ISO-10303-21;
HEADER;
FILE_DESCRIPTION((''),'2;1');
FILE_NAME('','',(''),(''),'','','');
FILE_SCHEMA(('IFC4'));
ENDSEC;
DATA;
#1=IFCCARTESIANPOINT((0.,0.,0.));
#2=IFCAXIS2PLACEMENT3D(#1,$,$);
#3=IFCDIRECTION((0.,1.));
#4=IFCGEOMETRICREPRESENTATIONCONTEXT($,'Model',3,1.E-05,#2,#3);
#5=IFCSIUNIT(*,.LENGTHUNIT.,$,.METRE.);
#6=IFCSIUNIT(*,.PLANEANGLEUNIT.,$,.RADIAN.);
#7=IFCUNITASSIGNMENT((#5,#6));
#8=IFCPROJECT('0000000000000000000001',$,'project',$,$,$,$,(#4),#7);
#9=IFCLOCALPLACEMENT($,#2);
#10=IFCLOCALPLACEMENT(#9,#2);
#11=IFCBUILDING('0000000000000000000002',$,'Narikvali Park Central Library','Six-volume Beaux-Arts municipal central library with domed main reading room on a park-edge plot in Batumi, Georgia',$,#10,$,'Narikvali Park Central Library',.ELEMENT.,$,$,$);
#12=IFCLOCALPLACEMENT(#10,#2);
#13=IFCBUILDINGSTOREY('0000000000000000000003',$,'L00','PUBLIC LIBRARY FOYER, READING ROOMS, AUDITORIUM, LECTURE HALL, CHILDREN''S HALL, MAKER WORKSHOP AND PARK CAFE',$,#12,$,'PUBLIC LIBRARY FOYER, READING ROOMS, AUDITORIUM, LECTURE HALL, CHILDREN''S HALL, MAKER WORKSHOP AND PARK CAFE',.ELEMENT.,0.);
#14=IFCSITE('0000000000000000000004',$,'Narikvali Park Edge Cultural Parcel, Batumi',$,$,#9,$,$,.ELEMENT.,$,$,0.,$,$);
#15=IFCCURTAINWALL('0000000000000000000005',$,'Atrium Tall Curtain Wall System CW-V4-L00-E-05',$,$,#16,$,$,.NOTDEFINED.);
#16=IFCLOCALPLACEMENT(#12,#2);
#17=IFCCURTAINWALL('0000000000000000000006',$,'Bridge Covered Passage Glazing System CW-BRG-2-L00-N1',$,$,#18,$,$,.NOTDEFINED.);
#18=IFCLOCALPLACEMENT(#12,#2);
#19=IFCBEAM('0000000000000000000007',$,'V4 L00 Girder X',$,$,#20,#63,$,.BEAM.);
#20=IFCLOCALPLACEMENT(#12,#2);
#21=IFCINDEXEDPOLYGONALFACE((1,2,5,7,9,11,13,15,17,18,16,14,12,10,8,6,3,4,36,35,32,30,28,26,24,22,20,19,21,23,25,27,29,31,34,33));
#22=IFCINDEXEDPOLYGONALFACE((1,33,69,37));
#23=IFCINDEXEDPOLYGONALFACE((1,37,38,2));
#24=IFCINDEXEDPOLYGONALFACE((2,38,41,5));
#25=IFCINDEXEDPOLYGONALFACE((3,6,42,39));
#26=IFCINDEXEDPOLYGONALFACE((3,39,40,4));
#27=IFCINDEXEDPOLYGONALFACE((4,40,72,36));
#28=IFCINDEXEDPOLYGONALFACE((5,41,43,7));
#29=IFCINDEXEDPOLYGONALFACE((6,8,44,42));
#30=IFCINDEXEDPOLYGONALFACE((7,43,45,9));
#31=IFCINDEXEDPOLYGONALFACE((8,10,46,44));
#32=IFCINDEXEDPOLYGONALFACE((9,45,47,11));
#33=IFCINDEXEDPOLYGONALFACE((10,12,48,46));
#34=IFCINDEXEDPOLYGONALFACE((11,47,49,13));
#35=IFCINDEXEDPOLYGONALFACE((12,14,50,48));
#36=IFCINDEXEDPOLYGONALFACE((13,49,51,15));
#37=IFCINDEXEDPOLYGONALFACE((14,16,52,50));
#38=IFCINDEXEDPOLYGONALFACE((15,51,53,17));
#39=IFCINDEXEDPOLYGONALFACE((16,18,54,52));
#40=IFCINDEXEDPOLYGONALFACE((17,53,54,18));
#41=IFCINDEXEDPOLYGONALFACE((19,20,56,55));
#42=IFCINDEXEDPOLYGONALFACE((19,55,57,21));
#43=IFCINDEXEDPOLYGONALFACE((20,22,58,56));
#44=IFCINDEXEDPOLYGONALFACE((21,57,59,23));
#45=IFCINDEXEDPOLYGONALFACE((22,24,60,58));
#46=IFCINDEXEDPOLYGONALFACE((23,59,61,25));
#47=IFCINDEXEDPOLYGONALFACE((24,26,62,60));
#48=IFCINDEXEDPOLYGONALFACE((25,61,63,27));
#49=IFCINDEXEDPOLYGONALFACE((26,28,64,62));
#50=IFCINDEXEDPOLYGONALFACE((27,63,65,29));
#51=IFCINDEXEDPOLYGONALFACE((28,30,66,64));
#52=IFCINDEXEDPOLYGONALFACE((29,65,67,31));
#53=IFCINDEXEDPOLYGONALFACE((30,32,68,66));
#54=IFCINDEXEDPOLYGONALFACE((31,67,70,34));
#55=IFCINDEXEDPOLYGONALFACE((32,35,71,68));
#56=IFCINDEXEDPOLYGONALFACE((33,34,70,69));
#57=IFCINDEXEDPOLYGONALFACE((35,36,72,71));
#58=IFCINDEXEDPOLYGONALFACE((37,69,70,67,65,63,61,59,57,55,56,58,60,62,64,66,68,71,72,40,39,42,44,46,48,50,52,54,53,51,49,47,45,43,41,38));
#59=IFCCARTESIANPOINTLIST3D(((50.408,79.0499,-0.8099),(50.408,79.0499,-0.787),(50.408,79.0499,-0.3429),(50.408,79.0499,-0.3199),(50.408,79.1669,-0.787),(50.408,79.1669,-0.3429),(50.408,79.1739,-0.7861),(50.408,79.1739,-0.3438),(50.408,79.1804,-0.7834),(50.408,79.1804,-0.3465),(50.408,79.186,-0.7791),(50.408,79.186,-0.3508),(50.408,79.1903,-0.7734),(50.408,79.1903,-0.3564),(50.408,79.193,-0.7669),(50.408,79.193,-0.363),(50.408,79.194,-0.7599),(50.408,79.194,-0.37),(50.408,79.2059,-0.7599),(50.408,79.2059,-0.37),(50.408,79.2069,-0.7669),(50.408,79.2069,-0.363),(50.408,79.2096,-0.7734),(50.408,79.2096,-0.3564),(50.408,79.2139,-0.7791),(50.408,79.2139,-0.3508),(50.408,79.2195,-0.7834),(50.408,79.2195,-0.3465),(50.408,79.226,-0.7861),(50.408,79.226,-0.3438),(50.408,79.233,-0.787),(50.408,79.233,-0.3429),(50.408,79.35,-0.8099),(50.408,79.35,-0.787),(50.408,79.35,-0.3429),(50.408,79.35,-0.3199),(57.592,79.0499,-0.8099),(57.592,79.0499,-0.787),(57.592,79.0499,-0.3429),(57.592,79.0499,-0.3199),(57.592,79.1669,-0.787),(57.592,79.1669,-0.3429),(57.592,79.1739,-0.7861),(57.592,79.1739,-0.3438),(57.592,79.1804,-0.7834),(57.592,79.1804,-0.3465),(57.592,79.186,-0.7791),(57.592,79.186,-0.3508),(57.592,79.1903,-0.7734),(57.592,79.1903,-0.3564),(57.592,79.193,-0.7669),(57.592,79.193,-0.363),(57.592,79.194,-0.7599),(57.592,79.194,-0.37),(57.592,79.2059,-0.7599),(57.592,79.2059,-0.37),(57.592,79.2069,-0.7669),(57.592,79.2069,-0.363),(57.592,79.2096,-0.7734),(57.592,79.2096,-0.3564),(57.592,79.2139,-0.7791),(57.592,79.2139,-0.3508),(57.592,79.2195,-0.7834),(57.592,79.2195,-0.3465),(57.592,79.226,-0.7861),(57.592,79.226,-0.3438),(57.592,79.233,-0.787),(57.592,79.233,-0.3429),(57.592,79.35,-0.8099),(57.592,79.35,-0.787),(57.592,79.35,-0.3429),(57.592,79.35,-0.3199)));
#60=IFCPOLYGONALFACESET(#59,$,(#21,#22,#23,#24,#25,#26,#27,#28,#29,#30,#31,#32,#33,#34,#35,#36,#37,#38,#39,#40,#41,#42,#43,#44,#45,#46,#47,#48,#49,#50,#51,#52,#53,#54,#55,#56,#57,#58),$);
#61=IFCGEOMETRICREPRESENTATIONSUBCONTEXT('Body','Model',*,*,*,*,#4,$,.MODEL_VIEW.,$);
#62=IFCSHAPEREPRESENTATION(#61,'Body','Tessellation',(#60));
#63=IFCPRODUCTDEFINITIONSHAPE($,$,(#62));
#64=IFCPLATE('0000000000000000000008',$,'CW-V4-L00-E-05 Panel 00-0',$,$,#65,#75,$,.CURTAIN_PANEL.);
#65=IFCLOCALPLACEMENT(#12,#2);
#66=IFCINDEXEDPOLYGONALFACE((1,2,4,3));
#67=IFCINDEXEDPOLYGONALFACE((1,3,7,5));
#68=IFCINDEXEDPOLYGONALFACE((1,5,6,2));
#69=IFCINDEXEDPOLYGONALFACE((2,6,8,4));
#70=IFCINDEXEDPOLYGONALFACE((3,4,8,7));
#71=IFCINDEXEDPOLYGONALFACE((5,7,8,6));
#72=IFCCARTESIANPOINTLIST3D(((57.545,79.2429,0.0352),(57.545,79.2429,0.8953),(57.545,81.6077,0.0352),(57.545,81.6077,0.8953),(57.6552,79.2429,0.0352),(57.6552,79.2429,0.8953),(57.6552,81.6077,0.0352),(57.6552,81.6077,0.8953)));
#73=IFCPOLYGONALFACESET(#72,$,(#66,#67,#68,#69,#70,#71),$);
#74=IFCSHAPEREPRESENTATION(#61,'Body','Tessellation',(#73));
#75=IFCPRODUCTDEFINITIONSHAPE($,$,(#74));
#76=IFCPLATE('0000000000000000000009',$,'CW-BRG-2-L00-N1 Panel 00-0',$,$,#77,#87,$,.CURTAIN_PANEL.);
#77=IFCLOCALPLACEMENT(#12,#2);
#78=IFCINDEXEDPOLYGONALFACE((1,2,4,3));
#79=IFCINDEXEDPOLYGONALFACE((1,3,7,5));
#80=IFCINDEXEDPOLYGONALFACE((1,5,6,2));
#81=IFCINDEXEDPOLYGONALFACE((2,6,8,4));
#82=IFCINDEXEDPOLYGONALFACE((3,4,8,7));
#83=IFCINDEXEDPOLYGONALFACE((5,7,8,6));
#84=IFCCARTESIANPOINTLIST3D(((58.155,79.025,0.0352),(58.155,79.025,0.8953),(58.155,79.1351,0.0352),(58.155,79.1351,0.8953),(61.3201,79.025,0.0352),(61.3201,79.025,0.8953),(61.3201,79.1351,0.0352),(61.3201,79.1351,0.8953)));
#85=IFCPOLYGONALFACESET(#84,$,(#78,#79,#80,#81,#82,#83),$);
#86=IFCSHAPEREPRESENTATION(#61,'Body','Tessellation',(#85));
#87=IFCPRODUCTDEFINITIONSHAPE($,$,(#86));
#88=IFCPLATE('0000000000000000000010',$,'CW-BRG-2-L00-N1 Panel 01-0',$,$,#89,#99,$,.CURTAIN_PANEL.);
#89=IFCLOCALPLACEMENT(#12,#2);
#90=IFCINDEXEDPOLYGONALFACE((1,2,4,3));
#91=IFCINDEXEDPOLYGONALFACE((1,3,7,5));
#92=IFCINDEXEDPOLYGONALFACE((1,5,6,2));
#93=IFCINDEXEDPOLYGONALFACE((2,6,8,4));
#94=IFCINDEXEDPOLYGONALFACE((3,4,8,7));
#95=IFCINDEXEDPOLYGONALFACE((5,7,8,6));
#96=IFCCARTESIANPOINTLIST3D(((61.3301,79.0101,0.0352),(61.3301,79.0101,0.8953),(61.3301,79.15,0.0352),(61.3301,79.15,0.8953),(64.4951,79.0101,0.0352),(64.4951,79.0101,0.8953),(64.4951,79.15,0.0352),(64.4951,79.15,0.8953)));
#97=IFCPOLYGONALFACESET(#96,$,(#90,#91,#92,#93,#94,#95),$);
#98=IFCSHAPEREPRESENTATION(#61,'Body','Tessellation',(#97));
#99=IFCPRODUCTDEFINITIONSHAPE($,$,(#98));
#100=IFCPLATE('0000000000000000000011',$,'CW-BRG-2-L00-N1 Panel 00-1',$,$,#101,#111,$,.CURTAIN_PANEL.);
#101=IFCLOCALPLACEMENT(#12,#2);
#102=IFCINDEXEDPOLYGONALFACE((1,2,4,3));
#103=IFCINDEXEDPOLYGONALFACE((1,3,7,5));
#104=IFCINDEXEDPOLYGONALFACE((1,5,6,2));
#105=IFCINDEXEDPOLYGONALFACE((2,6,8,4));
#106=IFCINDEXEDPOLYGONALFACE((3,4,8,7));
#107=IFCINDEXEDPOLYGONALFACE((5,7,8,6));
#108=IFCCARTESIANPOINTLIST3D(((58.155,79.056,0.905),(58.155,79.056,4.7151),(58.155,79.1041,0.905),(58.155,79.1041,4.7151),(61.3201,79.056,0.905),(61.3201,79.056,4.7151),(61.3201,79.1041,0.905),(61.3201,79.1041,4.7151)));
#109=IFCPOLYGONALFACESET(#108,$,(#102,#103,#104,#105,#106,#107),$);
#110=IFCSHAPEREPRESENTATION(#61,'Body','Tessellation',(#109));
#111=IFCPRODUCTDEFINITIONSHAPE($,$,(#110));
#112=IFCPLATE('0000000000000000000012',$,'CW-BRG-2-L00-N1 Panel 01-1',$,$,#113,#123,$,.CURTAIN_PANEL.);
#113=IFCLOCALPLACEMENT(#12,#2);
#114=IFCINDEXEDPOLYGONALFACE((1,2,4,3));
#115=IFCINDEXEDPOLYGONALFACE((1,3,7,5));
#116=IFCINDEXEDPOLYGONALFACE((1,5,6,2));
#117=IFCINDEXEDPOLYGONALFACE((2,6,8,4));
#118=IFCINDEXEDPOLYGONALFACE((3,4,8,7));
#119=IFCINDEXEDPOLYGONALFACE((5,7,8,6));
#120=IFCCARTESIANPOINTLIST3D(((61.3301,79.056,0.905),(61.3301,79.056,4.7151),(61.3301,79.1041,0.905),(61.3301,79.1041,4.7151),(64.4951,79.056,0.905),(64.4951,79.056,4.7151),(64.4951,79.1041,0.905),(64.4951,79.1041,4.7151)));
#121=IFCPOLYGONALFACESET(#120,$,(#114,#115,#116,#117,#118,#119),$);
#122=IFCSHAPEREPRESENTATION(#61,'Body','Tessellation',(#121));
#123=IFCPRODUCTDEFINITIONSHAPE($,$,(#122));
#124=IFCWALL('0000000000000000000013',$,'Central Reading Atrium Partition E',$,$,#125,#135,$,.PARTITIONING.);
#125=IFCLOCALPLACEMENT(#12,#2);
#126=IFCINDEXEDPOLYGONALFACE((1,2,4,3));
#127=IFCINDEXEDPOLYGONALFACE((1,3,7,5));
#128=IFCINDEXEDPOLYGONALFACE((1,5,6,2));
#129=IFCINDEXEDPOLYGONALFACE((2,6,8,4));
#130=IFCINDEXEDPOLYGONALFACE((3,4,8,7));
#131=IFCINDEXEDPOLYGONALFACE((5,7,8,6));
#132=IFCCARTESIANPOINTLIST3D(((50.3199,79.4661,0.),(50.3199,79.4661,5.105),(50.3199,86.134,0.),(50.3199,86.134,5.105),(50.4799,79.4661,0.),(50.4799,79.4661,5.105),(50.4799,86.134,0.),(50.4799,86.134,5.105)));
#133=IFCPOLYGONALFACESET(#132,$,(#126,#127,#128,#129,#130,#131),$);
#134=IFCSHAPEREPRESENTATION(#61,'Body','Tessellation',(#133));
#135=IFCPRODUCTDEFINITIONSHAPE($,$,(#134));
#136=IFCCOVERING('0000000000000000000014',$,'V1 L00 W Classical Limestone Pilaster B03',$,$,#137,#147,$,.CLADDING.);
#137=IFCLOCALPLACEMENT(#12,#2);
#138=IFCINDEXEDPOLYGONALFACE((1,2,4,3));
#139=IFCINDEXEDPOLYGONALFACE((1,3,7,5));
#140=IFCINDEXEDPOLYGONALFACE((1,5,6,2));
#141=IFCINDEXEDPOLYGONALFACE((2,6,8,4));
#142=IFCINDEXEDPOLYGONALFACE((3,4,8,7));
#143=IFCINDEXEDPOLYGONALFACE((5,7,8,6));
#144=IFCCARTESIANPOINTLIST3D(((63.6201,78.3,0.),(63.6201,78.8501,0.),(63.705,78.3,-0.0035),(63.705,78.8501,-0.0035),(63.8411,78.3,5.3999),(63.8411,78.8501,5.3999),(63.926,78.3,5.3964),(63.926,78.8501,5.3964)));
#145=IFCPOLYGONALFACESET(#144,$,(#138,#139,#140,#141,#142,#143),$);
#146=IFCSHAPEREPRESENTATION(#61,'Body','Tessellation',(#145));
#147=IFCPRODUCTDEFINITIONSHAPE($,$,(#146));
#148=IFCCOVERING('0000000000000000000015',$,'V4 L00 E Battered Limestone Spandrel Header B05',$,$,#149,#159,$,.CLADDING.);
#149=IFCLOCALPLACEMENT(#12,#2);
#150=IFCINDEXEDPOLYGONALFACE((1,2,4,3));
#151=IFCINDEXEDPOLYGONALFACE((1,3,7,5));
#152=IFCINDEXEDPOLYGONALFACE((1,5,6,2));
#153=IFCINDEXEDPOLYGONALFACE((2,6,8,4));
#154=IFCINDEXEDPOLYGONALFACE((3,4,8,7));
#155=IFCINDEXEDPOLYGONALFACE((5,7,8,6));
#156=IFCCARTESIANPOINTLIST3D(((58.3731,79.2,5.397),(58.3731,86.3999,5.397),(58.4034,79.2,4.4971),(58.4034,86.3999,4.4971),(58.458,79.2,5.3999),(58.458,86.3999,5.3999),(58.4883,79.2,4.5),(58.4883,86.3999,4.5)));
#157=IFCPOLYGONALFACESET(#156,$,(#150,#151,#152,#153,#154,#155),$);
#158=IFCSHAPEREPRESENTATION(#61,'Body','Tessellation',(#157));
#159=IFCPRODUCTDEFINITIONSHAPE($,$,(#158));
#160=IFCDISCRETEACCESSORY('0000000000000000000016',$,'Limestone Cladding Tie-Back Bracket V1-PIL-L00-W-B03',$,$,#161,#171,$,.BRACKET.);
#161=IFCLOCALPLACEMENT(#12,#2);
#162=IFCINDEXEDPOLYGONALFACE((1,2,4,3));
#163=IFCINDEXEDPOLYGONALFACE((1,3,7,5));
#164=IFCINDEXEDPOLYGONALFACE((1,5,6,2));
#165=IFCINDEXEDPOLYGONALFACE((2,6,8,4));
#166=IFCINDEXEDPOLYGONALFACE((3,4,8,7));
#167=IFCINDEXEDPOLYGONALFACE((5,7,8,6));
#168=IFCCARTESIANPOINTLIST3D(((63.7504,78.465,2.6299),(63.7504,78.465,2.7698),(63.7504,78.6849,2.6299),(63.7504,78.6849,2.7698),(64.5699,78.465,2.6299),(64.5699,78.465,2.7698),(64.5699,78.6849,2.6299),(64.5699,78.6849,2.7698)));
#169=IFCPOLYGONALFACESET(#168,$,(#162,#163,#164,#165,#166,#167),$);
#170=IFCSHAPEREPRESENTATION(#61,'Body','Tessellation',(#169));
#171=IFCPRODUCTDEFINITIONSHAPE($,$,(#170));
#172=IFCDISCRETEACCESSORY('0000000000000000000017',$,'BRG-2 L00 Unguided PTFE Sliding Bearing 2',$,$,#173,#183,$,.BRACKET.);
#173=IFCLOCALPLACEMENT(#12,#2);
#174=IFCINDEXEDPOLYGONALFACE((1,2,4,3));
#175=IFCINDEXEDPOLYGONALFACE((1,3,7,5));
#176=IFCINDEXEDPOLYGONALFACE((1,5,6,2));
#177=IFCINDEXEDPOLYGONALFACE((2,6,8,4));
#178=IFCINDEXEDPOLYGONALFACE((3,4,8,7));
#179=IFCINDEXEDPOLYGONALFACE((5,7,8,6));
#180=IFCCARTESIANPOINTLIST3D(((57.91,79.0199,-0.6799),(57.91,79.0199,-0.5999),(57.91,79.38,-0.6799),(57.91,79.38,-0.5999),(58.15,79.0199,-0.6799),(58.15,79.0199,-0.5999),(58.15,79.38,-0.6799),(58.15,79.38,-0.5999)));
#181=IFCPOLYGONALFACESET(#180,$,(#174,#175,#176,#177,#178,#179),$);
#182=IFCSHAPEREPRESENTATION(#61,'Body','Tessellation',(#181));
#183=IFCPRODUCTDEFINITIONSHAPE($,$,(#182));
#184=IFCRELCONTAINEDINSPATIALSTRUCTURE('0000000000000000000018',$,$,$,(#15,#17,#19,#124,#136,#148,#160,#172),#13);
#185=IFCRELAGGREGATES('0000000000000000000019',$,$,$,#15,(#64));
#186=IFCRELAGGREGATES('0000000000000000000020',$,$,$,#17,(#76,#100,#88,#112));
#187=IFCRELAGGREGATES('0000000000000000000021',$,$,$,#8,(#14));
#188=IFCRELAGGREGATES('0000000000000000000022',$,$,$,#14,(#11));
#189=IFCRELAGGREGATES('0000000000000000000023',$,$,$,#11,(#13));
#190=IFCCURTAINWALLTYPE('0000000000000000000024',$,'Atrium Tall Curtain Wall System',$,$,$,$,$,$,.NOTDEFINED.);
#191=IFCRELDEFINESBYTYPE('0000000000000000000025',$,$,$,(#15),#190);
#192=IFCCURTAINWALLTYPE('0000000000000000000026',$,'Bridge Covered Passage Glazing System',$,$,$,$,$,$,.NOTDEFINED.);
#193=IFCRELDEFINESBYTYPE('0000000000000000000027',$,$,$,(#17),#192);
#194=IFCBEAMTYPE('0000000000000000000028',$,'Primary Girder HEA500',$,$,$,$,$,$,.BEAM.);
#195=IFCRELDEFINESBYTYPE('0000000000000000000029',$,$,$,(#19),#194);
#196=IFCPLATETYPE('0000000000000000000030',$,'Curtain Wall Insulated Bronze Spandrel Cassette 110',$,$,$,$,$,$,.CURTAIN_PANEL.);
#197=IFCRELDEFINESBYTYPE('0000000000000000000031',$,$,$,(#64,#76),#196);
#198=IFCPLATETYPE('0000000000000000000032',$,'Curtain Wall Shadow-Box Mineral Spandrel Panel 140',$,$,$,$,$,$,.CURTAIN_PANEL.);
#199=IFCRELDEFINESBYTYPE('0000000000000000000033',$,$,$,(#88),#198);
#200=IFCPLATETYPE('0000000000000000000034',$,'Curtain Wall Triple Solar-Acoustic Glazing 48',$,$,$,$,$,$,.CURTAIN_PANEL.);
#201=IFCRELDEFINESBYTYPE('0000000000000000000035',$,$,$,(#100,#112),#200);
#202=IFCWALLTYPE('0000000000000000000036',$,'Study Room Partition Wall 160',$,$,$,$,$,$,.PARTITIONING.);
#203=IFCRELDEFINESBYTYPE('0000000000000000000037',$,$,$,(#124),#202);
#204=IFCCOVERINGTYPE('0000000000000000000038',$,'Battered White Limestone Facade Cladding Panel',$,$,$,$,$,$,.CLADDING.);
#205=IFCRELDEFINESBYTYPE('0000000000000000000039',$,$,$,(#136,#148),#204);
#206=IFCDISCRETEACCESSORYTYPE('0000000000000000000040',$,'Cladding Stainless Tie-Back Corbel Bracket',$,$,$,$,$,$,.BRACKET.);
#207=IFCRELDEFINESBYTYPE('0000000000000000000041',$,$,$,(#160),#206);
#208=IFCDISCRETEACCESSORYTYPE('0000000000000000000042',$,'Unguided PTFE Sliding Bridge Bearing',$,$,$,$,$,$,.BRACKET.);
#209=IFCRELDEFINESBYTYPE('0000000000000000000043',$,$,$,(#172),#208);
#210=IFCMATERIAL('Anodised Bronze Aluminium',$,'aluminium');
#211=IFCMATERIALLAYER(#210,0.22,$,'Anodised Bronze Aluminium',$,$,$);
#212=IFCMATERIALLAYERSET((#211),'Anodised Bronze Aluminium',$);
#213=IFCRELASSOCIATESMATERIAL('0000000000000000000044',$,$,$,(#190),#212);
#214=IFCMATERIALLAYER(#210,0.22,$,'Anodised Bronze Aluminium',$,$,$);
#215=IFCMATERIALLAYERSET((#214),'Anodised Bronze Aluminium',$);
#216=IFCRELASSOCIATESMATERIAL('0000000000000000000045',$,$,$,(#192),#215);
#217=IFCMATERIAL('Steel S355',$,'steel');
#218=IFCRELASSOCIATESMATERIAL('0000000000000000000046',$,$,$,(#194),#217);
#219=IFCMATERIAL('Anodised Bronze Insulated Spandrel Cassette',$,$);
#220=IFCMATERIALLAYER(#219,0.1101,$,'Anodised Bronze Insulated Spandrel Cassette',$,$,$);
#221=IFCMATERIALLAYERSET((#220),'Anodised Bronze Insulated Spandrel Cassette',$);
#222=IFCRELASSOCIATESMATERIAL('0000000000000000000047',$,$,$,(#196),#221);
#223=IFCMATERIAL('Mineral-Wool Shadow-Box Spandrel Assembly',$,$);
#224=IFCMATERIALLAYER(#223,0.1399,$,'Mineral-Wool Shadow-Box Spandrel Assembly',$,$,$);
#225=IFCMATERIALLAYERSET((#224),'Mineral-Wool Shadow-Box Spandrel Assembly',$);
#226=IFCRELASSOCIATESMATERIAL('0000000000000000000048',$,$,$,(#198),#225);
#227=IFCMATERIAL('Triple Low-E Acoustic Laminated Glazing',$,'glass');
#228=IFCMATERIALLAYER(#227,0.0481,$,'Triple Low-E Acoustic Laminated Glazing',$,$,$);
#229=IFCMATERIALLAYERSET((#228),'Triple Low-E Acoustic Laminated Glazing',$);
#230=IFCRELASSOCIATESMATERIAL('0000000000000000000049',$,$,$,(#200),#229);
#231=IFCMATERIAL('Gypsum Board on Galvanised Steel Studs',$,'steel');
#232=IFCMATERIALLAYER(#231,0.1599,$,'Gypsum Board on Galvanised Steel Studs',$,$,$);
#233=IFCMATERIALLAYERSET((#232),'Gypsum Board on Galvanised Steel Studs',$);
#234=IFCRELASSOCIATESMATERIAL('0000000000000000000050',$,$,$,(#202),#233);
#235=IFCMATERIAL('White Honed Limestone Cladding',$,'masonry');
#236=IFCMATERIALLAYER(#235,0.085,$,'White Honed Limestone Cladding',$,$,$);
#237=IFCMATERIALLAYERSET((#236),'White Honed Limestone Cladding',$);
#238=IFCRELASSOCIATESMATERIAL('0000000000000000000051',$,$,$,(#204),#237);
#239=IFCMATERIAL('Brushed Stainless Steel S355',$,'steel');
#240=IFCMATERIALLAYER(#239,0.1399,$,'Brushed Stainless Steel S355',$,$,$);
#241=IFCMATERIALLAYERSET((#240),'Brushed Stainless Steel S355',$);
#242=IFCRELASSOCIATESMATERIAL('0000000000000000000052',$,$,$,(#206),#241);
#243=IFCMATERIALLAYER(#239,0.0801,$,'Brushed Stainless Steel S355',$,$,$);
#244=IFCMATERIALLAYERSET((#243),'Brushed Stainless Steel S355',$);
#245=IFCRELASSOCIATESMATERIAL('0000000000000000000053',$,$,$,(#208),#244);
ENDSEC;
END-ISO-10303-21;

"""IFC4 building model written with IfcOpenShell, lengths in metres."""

from ifc_helpers import new_model, si_unit, direction, frame, frame_2d, origin, origin_2d, place, context, subcontext, project, spatial, polyline, rectangle, i_section, outline, extrude, material, layer, layer_set, material_profile, profile_set, type_object, element, aggregate, save


model = new_model("IFC4")

# Units and contexts
model_context = context("Model", 3, precision=1e-05, world=origin(), true_north=direction((0.0, 1.0)))
body_context = subcontext(model_context, "Body", "Model", "MODEL_VIEW")
ifc_project = project(units=[si_unit("LENGTHUNIT", "METRE"), si_unit("PLANEANGLEUNIT", "RADIAN")], contexts=[model_context])

# Site, building, storey
site_placement = place(None, origin())
site = spatial("IfcSite", under=ifc_project, at=site_placement, Name="Narikvali Park Edge Cultural Parcel, Batumi", CompositionType="ELEMENT", RefElevation=0.0)
building_placement = place(site_placement, origin())
building = spatial("IfcBuilding", under=site, at=building_placement, Name="Narikvali Park Central Library", Description="Six-volume Beaux-Arts municipal central library with domed main reading room on a park-edge plot in Batumi, Georgia", LongName="Narikvali Park Central Library", CompositionType="ELEMENT")
storey_placement = place(building_placement, origin())
storey = spatial("IfcBuildingStorey", under=building, at=storey_placement, Name="L00", Description="PUBLIC LIBRARY FOYER, READING ROOMS, AUDITORIUM, LECTURE HALL, CHILDREN'S HALL, MAKER WORKSHOP AND PARK CAFE", LongName="PUBLIC LIBRARY FOYER, READING ROOMS, AUDITORIUM, LECTURE HALL, CHILDREN'S HALL, MAKER WORKSHOP AND PARK CAFE", CompositionType="ELEMENT", Elevation=0.0)

# Shared definitions
ifc_material_1 = material(Name="Steel S355", Category="steel")

# Curtain wall
ifc_material_2 = material(Name="Anodised Bronze Aluminium", Category="aluminium")
ifc_layer_1 = layer(ifc_material_2, 0.22, Name="Anodised Bronze Aluminium")
ifc_layer_set_1 = layer_set([ifc_layer_1], Name="Anodised Bronze Aluminium")
curtain_wall_type_1 = type_object("IfcCurtainWallType", Name="Atrium Tall Curtain Wall System", PredefinedType="NOTDEFINED", material=ifc_layer_set_1)
curtain_wall_1_placement = place(storey_placement, origin())
curtain_wall_1 = element("IfcCurtainWall", 1, at=curtain_wall_1_placement, inside=storey, type_object=curtain_wall_type_1, Name="Atrium Tall Curtain Wall System CW-V4-L00-E-05", PredefinedType="NOTDEFINED")

# Curtain wall
ifc_layer_2 = layer(ifc_material_2, 0.22, Name="Anodised Bronze Aluminium")
ifc_layer_set_2 = layer_set([ifc_layer_2], Name="Anodised Bronze Aluminium")
curtain_wall_type_2 = type_object("IfcCurtainWallType", Name="Bridge Covered Passage Glazing System", PredefinedType="NOTDEFINED", material=ifc_layer_set_2)
curtain_wall_2_placement = place(storey_placement, origin())
curtain_wall_2 = element("IfcCurtainWall", 2, at=curtain_wall_2_placement, inside=storey, type_object=curtain_wall_type_2, Name="Bridge Covered Passage Glazing System CW-BRG-2-L00-N1", PredefinedType="NOTDEFINED")

# Beam
ifc_material_profile_1 = material_profile(ifc_material_1, i_section(OverallWidth=0.3, OverallDepth=0.49, WebThickness=0.012, FlangeThickness=0.0229, FilletRadius=0.0271, at=origin_2d()), Name="HEA 500")
ifc_profile_set_1 = profile_set([ifc_material_profile_1], Name="Steel S355")
beam_type_1 = type_object("IfcBeamType", Name="Primary Girder HEA500", PredefinedType="BEAM", material=ifc_profile_set_1)
beam_1_placement = place(storey_placement, frame((50.408, 79.2, -0.5649), z_axis=(1.0, 0.0, 0.0), x_axis=(0.0, 1.0, 0.0)))
element("IfcBeam", 3, at=beam_1_placement, inside=storey, type_object=beam_type_1, Name="V4 L00 Girder X", PredefinedType="BEAM", context=body_context, shape_type="SweptSolid", body=[
    extrude(i_section(OverallWidth=0.3, OverallDepth=0.49, WebThickness=0.012, FlangeThickness=0.0229, FilletRadius=0.0271, at=origin_2d()), origin(), (0.0, 0.0, 1.0), 7.1841),
])

# Plates
ifc_material_3 = material(Name="Anodised Bronze Insulated Spandrel Cassette")
ifc_layer_3 = layer(ifc_material_3, 0.1101, Name="Anodised Bronze Insulated Spandrel Cassette")
ifc_layer_set_3 = layer_set([ifc_layer_3], Name="Anodised Bronze Insulated Spandrel Cassette")
plate_type_1 = type_object("IfcPlateType", Name="Curtain Wall Insulated Bronze Spandrel Cassette 110", PredefinedType="CURTAIN_PANEL", material=ifc_layer_set_3)
plate_1_placement = place(storey_placement, frame((57.6001, 80.4253, 0.0352), z_axis=(0.0, 0.0, 1.0), x_axis=(0.0, 1.0, 0.0)))
plate_1 = element("IfcPlate", 4, at=plate_1_placement, type_object=plate_type_1, Name="CW-V4-L00-E-05 Panel 00-0", PredefinedType="CURTAIN_PANEL", context=body_context, shape_type="SweptSolid", body=[
    extrude(rectangle(XDim=2.3647, YDim=0.1101, at=origin_2d()), origin(), (0.0, 0.0, 1.0), 0.8601),
])
aggregate(curtain_wall_1, [plate_1])
plate_2_placement = place(storey_placement, frame((59.7375, 79.0801, 0.0352), z_axis=(0.0, 0.0, 1.0), x_axis=(1.0, 0.0, 0.0)))
plate_2 = element("IfcPlate", 5, at=plate_2_placement, type_object=plate_type_1, Name="CW-BRG-2-L00-N1 Panel 00-0", PredefinedType="CURTAIN_PANEL", context=body_context, shape_type="SweptSolid", body=[
    extrude(rectangle(XDim=3.165, YDim=0.1101, at=origin_2d()), origin(), (0.0, 0.0, 1.0), 0.8601),
])
ifc_material_4 = material(Name="Mineral-Wool Shadow-Box Spandrel Assembly")
ifc_layer_4 = layer(ifc_material_4, 0.1399, Name="Mineral-Wool Shadow-Box Spandrel Assembly")
ifc_layer_set_4 = layer_set([ifc_layer_4], Name="Mineral-Wool Shadow-Box Spandrel Assembly")
plate_type_2 = type_object("IfcPlateType", Name="Curtain Wall Shadow-Box Mineral Spandrel Panel 140", PredefinedType="CURTAIN_PANEL", material=ifc_layer_set_4)
plate_3_placement = place(storey_placement, frame((62.9126, 79.0801, 0.0352), z_axis=(0.0, 0.0, 1.0), x_axis=(1.0, 0.0, 0.0)))
plate_3 = element("IfcPlate", 6, at=plate_3_placement, type_object=plate_type_2, Name="CW-BRG-2-L00-N1 Panel 01-0", PredefinedType="CURTAIN_PANEL", context=body_context, shape_type="SweptSolid", body=[
    extrude(rectangle(XDim=3.165, YDim=0.1399, at=origin_2d()), origin(), (0.0, 0.0, 1.0), 0.8601),
])
ifc_material_5 = material(Name="Triple Low-E Acoustic Laminated Glazing", Category="glass")
ifc_layer_5 = layer(ifc_material_5, 0.0481, Name="Triple Low-E Acoustic Laminated Glazing")
ifc_layer_set_5 = layer_set([ifc_layer_5], Name="Triple Low-E Acoustic Laminated Glazing")
plate_type_3 = type_object("IfcPlateType", Name="Curtain Wall Triple Solar-Acoustic Glazing 48", PredefinedType="CURTAIN_PANEL", material=ifc_layer_set_5)
plate_4_placement = place(storey_placement, frame((59.7375, 79.0801, 0.905), z_axis=(0.0, 0.0, 1.0), x_axis=(1.0, 0.0, 0.0)))
plate_4 = element("IfcPlate", 7, at=plate_4_placement, type_object=plate_type_3, Name="CW-BRG-2-L00-N1 Panel 00-1", PredefinedType="CURTAIN_PANEL", context=body_context, shape_type="SweptSolid", body=[
    extrude(rectangle(XDim=3.165, YDim=0.0481, at=origin_2d()), origin(), (0.0, 0.0, 1.0), 3.8101),
])
plate_5_placement = place(storey_placement, frame((62.9126, 79.0801, 0.905), z_axis=(0.0, 0.0, 1.0), x_axis=(1.0, 0.0, 0.0)))
plate_5 = element("IfcPlate", 8, at=plate_5_placement, type_object=plate_type_3, Name="CW-BRG-2-L00-N1 Panel 01-1", PredefinedType="CURTAIN_PANEL", context=body_context, shape_type="SweptSolid", body=[
    extrude(rectangle(XDim=3.165, YDim=0.0481, at=origin_2d()), origin(), (0.0, 0.0, 1.0), 3.8101),
])
aggregate(curtain_wall_2, [plate_2, plate_4, plate_3, plate_5])

# Wall
ifc_material_6 = material(Name="Gypsum Board on Galvanised Steel Studs", Category="steel")
ifc_layer_6 = layer(ifc_material_6, 0.1599, Name="Gypsum Board on Galvanised Steel Studs")
ifc_layer_set_6 = layer_set([ifc_layer_6], Name="Gypsum Board on Galvanised Steel Studs")
wall_type = type_object("IfcWallType", Name="Study Room Partition Wall 160", PredefinedType="PARTITIONING", material=ifc_layer_set_6)
wall_placement = place(storey_placement, frame((50.3999, 79.4661, 0.0), z_axis=(0.0, 0.0, 1.0), x_axis=(0.0, 1.0, 0.0)))
element("IfcWall", 9, at=wall_placement, inside=storey, type_object=wall_type, Name="Central Reading Atrium Partition E", PredefinedType="PARTITIONING", context=body_context, shape_type="SweptSolid", body=[
    extrude(rectangle(XDim=6.668, YDim=0.1599, at=frame_2d((3.334, 0.0))), origin(), (0.0, 0.0, 1.0), 5.105),
])

# Coverings
ifc_material_7 = material(Name="White Honed Limestone Cladding", Category="masonry")
ifc_layer_7 = layer(ifc_material_7, 0.085, Name="White Honed Limestone Cladding")
ifc_layer_set_7 = layer_set([ifc_layer_7], Name="White Honed Limestone Cladding")
covering_type = type_object("IfcCoveringType", Name="Battered White Limestone Facade Cladding Panel", PredefinedType="CLADDING", material=ifc_layer_set_7)
covering_1_placement = place(storey_placement, frame((63.6201, 78.8501, 0.0), z_axis=(-0.999164, 0.0, 0.040883), x_axis=(0.0, -1.0, 0.0)))
element("IfcCovering", 10, at=covering_1_placement, inside=storey, type_object=covering_type, Name="V1 L00 W Classical Limestone Pilaster B03", PredefinedType="CLADDING", context=body_context, shape_type="SweptSolid", body=[
    extrude(outline(polyline([(0.0, 0.0), (0.55, 0.0), (0.55, 5.4044), (0.0, 5.4044), (0.0, 0.0)])), origin(), (0.0, 0.0, -1.0), 0.085),
])
covering_2_placement = place(storey_placement, frame((58.4883, 79.2, 4.5), z_axis=(0.999435, 0.0, 0.033622), x_axis=(0.0, 1.0, 0.0)))
element("IfcCovering", 11, at=covering_2_placement, inside=storey, type_object=covering_type, Name="V4 L00 E Battered Limestone Spandrel Header B05", PredefinedType="CLADDING", context=body_context, shape_type="SweptSolid", body=[
    extrude(outline(polyline([(0.0, 0.0), (7.2, 0.0), (7.2, 0.9004), (0.0, 0.9004), (0.0, 0.0)])), origin(), (0.0, 0.0, -1.0), 0.085),
])

# Discrete accessories
ifc_material_8 = material(Name="Brushed Stainless Steel S355", Category="steel")
ifc_layer_8 = layer(ifc_material_8, 0.1399, Name="Brushed Stainless Steel S355")
ifc_layer_set_8 = layer_set([ifc_layer_8], Name="Brushed Stainless Steel S355")
discrete_accessory_type_1 = type_object("IfcDiscreteAccessoryType", Name="Cladding Stainless Tie-Back Corbel Bracket", PredefinedType="BRACKET", material=ifc_layer_set_8)
discrete_accessory_1_placement = place(storey_placement, frame((64.1602, 78.575, 2.6299), z_axis=(0.0, 0.0, 1.0), x_axis=(1.0, 0.0, 0.0)))
element("IfcDiscreteAccessory", 12, at=discrete_accessory_1_placement, inside=storey, type_object=discrete_accessory_type_1, Name="Limestone Cladding Tie-Back Bracket V1-PIL-L00-W-B03", PredefinedType="BRACKET", context=body_context, shape_type="SweptSolid", body=[
    extrude(rectangle(XDim=0.8196, YDim=0.22, at=origin_2d()), origin(), (0.0, 0.0, 1.0), 0.1399),
])
ifc_layer_9 = layer(ifc_material_8, 0.0801, Name="Brushed Stainless Steel S355")
ifc_layer_set_9 = layer_set([ifc_layer_9], Name="Brushed Stainless Steel S355")
discrete_accessory_type_2 = type_object("IfcDiscreteAccessoryType", Name="Unguided PTFE Sliding Bridge Bearing", PredefinedType="BRACKET", material=ifc_layer_set_9)
discrete_accessory_2_placement = place(storey_placement, frame((58.03, 79.2, -0.6799), z_axis=(0.0, 0.0, 1.0), x_axis=(1.0, 0.0, 0.0)))
element("IfcDiscreteAccessory", 13, at=discrete_accessory_2_placement, inside=storey, type_object=discrete_accessory_type_2, Name="BRG-2 L00 Unguided PTFE Sliding Bearing 2", PredefinedType="BRACKET", context=body_context, shape_type="SweptSolid", body=[
    extrude(rectangle(XDim=0.24, YDim=0.3601, at=origin_2d()), origin(), (0.0, 0.0, 1.0), 0.0801),
])

save(model, "model.ifc")
